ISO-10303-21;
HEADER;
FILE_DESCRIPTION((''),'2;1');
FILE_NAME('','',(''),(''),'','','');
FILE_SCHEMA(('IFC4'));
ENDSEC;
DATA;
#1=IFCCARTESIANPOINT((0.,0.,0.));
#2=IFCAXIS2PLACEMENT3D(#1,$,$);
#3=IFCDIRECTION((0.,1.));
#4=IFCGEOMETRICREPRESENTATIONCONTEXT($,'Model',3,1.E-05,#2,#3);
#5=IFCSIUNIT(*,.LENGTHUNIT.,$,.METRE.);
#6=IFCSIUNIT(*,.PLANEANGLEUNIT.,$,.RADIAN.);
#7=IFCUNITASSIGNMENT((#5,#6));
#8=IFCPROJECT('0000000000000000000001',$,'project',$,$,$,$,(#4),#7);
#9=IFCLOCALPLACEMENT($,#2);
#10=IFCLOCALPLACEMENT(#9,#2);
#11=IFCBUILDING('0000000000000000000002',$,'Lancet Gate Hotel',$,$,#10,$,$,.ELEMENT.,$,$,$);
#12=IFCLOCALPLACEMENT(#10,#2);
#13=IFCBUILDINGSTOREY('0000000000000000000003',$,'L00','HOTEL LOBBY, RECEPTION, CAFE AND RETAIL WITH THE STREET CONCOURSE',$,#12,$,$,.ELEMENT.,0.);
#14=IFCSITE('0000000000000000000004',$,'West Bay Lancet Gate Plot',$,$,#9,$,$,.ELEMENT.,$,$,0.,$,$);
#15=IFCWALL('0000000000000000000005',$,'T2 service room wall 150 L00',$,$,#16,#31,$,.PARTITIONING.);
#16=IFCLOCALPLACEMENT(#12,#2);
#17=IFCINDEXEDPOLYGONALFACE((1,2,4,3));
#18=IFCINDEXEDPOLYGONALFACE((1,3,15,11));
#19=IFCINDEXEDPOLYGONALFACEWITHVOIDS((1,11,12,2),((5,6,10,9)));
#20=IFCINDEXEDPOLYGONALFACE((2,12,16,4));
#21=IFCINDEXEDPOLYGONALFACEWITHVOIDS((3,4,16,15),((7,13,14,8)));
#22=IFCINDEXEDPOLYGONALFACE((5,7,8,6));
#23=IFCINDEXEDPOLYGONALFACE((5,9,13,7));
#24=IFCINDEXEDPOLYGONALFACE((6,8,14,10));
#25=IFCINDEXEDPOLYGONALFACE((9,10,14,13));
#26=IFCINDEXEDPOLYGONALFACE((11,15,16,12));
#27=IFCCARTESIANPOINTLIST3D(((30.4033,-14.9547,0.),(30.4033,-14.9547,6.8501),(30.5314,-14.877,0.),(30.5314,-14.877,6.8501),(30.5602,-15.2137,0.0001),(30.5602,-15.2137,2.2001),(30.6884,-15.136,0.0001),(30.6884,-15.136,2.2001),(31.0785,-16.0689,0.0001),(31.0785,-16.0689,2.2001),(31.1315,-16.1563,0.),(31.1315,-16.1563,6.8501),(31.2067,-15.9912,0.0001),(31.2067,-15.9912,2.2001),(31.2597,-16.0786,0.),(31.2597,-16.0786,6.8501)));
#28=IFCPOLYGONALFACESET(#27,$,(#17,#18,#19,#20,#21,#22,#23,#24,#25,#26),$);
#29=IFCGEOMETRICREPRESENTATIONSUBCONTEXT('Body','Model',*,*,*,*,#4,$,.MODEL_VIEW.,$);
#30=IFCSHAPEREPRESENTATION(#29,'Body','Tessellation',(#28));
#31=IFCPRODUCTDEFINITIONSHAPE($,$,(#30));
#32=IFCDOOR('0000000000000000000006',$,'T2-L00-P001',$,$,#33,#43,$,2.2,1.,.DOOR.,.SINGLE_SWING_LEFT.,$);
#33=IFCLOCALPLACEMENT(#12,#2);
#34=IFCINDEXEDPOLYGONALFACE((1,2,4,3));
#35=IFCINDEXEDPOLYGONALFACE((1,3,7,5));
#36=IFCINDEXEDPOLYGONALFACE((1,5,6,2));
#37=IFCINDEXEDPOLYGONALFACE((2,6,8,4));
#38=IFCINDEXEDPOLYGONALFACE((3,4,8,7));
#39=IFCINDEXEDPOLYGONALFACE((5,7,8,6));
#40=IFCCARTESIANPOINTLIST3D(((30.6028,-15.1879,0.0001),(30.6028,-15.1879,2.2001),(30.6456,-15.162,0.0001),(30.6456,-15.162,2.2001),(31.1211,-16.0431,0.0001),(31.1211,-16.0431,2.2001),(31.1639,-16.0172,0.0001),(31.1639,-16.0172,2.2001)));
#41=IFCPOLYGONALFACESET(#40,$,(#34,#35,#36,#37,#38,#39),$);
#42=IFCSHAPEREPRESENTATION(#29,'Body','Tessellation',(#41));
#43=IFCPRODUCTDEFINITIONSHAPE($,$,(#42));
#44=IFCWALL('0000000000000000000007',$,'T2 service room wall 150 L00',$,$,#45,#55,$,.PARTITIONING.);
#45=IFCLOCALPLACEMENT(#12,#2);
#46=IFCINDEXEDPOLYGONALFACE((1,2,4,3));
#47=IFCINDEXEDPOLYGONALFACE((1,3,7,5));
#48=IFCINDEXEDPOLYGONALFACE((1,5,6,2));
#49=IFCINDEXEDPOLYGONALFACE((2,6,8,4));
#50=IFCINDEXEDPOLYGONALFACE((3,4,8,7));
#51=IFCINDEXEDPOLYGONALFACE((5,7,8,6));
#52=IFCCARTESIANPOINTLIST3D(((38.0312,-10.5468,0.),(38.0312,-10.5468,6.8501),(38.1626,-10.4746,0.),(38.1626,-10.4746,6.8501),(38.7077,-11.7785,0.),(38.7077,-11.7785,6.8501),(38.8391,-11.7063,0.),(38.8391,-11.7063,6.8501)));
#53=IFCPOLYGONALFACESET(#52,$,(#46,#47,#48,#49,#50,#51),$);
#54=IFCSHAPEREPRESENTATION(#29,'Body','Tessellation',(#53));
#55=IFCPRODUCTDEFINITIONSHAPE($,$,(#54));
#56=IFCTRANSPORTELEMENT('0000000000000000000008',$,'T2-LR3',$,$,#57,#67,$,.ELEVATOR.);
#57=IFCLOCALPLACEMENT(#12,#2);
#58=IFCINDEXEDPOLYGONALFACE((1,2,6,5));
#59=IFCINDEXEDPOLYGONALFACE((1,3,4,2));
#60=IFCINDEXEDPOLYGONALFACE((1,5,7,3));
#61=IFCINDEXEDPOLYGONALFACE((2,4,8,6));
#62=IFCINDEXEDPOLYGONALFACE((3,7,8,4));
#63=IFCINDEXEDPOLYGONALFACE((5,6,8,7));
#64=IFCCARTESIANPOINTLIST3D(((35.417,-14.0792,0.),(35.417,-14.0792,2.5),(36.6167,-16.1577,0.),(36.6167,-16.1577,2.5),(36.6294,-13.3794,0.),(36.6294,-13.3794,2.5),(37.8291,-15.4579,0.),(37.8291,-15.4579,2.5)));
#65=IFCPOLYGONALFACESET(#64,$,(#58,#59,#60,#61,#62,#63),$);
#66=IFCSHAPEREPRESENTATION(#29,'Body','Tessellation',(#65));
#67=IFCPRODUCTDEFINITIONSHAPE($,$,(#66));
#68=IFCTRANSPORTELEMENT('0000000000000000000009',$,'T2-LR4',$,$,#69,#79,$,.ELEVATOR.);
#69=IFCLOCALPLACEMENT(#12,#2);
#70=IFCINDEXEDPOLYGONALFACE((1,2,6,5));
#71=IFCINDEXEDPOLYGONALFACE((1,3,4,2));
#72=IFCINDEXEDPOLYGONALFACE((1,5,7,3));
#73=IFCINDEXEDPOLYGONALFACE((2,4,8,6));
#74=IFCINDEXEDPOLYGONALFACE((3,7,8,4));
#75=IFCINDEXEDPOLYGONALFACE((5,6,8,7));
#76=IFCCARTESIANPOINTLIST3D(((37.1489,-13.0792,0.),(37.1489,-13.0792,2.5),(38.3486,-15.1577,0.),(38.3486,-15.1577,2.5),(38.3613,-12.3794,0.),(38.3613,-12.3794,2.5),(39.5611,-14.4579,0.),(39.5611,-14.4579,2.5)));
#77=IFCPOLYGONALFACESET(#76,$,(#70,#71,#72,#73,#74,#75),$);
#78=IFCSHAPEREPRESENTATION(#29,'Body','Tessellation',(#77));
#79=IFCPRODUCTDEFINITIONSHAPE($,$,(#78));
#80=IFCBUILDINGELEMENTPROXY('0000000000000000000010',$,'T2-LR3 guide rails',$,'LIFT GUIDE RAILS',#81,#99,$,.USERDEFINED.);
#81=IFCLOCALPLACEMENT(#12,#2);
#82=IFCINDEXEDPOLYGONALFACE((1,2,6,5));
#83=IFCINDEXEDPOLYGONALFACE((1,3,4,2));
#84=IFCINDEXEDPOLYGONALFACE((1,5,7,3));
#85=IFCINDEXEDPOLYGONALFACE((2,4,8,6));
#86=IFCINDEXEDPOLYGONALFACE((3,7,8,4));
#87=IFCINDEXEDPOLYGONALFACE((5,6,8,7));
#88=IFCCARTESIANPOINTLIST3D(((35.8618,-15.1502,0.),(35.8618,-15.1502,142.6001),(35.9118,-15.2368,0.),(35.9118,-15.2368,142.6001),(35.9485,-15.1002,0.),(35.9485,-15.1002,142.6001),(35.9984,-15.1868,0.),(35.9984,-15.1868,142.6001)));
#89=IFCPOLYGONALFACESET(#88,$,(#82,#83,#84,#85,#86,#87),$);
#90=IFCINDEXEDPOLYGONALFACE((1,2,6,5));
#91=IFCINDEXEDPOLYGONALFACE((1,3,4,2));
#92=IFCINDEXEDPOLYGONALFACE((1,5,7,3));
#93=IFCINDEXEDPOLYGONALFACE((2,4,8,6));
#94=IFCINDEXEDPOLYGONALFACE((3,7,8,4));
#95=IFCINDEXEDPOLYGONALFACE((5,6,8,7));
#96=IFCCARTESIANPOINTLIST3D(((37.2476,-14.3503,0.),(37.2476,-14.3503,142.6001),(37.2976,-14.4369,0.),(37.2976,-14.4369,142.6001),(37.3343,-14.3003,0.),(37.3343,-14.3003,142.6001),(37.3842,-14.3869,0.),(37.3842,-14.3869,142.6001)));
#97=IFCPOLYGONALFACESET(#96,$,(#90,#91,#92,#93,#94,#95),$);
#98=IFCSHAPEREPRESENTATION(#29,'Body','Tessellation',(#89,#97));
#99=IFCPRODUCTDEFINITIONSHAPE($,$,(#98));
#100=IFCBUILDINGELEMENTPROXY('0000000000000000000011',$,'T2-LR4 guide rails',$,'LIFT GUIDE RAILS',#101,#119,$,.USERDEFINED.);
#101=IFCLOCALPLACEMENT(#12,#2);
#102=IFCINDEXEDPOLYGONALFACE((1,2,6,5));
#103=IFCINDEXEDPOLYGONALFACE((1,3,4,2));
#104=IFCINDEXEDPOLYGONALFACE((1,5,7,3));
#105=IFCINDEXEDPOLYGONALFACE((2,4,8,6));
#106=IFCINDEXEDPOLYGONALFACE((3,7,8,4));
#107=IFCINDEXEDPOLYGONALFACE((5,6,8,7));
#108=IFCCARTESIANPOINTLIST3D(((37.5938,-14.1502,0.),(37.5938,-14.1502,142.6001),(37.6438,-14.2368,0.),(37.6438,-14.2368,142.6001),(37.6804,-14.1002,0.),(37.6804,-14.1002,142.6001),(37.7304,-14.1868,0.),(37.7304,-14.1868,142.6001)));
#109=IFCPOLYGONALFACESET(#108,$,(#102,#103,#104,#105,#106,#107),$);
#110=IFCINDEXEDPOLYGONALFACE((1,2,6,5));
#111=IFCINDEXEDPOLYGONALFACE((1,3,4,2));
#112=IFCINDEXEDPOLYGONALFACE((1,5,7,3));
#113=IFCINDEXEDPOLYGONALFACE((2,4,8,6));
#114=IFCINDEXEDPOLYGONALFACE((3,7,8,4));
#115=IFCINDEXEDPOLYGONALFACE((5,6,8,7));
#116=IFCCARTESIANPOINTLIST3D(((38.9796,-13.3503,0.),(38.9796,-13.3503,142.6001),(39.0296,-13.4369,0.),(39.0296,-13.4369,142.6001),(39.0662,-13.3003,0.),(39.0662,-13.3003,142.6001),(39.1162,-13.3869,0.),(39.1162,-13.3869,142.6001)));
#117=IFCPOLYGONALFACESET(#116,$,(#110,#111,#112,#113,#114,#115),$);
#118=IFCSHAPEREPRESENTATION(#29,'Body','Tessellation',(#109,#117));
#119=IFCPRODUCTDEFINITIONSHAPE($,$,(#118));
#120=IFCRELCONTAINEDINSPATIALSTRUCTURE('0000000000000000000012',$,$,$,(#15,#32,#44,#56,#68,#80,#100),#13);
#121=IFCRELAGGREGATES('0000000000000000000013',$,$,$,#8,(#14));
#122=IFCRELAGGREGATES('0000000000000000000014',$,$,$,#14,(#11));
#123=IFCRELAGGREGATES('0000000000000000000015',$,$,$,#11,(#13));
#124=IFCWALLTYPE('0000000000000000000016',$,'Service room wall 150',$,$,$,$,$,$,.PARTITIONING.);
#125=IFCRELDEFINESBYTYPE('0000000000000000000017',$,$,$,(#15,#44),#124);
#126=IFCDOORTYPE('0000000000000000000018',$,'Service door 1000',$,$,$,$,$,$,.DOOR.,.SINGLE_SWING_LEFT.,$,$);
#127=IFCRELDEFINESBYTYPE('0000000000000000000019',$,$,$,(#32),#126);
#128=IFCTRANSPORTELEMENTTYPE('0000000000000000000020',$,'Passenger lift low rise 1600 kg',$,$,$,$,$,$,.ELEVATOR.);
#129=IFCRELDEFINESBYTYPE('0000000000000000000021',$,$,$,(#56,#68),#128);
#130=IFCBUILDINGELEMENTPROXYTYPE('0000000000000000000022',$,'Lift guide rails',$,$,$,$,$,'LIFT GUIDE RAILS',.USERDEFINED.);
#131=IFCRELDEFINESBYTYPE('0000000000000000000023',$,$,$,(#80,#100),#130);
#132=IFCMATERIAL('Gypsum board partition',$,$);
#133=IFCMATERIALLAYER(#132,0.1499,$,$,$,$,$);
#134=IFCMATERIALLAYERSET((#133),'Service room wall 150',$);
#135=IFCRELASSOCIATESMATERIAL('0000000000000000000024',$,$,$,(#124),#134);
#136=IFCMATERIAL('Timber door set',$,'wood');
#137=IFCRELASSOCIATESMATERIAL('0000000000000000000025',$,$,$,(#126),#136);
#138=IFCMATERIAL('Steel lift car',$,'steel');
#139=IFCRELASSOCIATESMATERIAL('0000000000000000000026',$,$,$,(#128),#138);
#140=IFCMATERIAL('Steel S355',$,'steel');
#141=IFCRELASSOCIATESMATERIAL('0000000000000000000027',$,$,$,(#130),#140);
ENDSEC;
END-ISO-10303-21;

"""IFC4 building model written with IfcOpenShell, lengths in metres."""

from ifc_helpers import new_model, si_unit, direction, frame, frame_2d, origin, origin_2d, place, context, subcontext, project, spatial, rectangle, extrude, material, layer, layer_set, type_object, element, fill, save


model = new_model("IFC4")

# Units and contexts
model_context = context("Model", 3, precision=1e-05, world=origin(), true_north=direction((0.0, 1.0)))
body_context = subcontext(model_context, "Body", "Model", "MODEL_VIEW")
ifc_project = project(units=[si_unit("LENGTHUNIT", "METRE"), si_unit("PLANEANGLEUNIT", "RADIAN")], contexts=[model_context])

# Site, building, storey
site_placement = place(None, origin())
site = spatial("IfcSite", under=ifc_project, at=site_placement, Name="West Bay Lancet Gate Plot", CompositionType="ELEMENT", RefElevation=0.0)
building_placement = place(site_placement, origin())
building = spatial("IfcBuilding", under=site, at=building_placement, Name="Lancet Gate Hotel", CompositionType="ELEMENT")
storey_placement = place(building_placement, origin())
storey = spatial("IfcBuildingStorey", under=building, at=storey_placement, Name="L00", Description="HOTEL LOBBY, RECEPTION, CAFE AND RETAIL WITH THE STREET CONCOURSE", CompositionType="ELEMENT", Elevation=0.0)

# Wall, opening, door
ifc_material_1 = material(Name="Gypsum board partition")
ifc_layer_1 = layer(ifc_material_1, 0.1499)
ifc_layer_set_1 = layer_set([ifc_layer_1], Name="Service room wall 150")
wall_type_1 = type_object("IfcWallType", Name="Service room wall 150", PredefinedType="PARTITIONING", material=ifc_layer_set_1)
wall_1_placement = place(storey_placement, frame((30.4673, -14.9158, 0.0), z_axis=(0.0, 0.0, 1.0), x_axis=(0.518298, -0.8552, 0.0)))
wall_1 = element("IfcWall", 1, at=wall_1_placement, inside=storey, type_object=wall_type_1, Name="T2 service room wall 150 L00", PredefinedType="PARTITIONING", context=body_context, shape_type="SweptSolid", body=[
    extrude(rectangle(XDim=1.405, YDim=0.1499, at=frame_2d((0.7026, 0.0))), origin(), (0.0, 0.0, 1.0), 6.8501),
])
opening_placement = place(wall_1_placement, frame((0.303, 0.0, 0.0)))
opening = element("IfcOpeningElement", 2, at=opening_placement, cuts=wall_1, PredefinedType="OPENING", context=body_context, shape_type="SweptSolid", body=[
    extrude(rectangle(XDim=1.0, YDim=2.2, at=frame_2d((0.5, 1.1001))), frame((0.0, 0.085, 0.0), z_axis=(0.0, -1.0, 0.0), x_axis=(1.0, 0.0, 0.0)), (0.0, 0.0, 1.0), 0.1699),
])
ifc_material_2 = material(Name="Timber door set", Category="wood")
door_type = type_object("IfcDoorType", Name="Service door 1000", OperationType="SINGLE_SWING_LEFT", PredefinedType="DOOR", material=ifc_material_2)
door_placement = place(opening_placement, origin())
door = element("IfcDoor", 3, at=door_placement, inside=storey, type_object=door_type, Name="T2-L00-P001", OperationType="SINGLE_SWING_LEFT", OverallHeight=2.2, OverallWidth=1.0, PredefinedType="DOOR", context=body_context, shape_type="SweptSolid", body=[
    extrude(rectangle(XDim=1.0, YDim=2.2, at=frame_2d((0.5, 1.1001))), frame((0.0, 0.0249, 0.0), z_axis=(0.0, -1.0, 0.0), x_axis=(1.0, 0.0, 0.0)), (0.0, 0.0, 1.0), 0.05),
])
fill(opening, door)

# Wall
wall_2_placement = place(storey_placement, frame((38.7734, -11.7424, 0.0), z_axis=(0.0, 0.0, 1.0), x_axis=(-0.481418, 0.876491, 0.0)))
element("IfcWall", 4, at=wall_2_placement, inside=storey, type_object=wall_type_1, Name="T2 service room wall 150 L00", PredefinedType="PARTITIONING", context=body_context, shape_type="SweptSolid", body=[
    extrude(rectangle(XDim=1.4053, YDim=0.1499, at=frame_2d((0.7026, 0.0))), origin(), (0.0, 0.0, 1.0), 6.8501),
])

# Transport elements
ifc_material_3 = material(Name="Steel lift car", Category="steel")
transport_element_type = type_object("IfcTransportElementType", Name="Passenger lift low rise 1600 kg", PredefinedType="ELEVATOR", material=ifc_material_3)
for number, where, z_axis, x_axis, name in (
    (5, (36.623, -14.7686, 0.0), (0.0, 0.0, 1.0), (0.499917, -0.866073, 0.0), "T2-LR3"),
    (6, (38.355, -13.7686, 0.0), (0.0, 0.0, 1.0), (0.499917, -0.866073, 0.0), "T2-LR4"),
):
    element("IfcTransportElement", number, at=place(storey_placement, frame(where, z_axis=z_axis, x_axis=x_axis)), inside=storey, type_object=transport_element_type, Name=name, PredefinedType="ELEVATOR", context=body_context, shape_type="SweptSolid", body=[
        extrude(rectangle(XDim=2.3999, YDim=1.3999, at=origin_2d()), origin(), (0.0, 0.0, 1.0), 2.5),
    ])

# Building element proxies
ifc_material_4 = material(Name="Steel S355", Category="steel")
building_element_proxy_type = type_object("IfcBuildingElementProxyType", Name="Lift guide rails", ElementType="LIFT GUIDE RAILS", PredefinedType="USERDEFINED", material=ifc_material_4)
for number, where, z_axis, x_axis, name in (
    (7, (36.623, -14.7686, 0.0), (0.0, 0.0, 1.0), (0.499917, -0.866073, 0.0), "T2-LR3 guide rails"),
    (8, (38.355, -13.7686, 0.0), (0.0, 0.0, 1.0), (0.499917, -0.866073, 0.0), "T2-LR4 guide rails"),
):
    element("IfcBuildingElementProxy", number, at=place(storey_placement, frame(where, z_axis=z_axis, x_axis=x_axis)), inside=storey, type_object=building_element_proxy_type, Name=name, ObjectType="LIFT GUIDE RAILS", PredefinedType="USERDEFINED", context=body_context, shape_type="SweptSolid", body=[
        extrude(rectangle(XDim=0.1, YDim=0.1, at=origin_2d()), frame((0.0, -0.8, 0.0)), (0.0, 0.0, 1.0), 142.6001),
        extrude(rectangle(XDim=0.1, YDim=0.1, at=origin_2d()), frame((0.0, 0.8, 0.0)), (0.0, 0.0, 1.0), 142.6001),
    ])

save(model, "model.ifc")
